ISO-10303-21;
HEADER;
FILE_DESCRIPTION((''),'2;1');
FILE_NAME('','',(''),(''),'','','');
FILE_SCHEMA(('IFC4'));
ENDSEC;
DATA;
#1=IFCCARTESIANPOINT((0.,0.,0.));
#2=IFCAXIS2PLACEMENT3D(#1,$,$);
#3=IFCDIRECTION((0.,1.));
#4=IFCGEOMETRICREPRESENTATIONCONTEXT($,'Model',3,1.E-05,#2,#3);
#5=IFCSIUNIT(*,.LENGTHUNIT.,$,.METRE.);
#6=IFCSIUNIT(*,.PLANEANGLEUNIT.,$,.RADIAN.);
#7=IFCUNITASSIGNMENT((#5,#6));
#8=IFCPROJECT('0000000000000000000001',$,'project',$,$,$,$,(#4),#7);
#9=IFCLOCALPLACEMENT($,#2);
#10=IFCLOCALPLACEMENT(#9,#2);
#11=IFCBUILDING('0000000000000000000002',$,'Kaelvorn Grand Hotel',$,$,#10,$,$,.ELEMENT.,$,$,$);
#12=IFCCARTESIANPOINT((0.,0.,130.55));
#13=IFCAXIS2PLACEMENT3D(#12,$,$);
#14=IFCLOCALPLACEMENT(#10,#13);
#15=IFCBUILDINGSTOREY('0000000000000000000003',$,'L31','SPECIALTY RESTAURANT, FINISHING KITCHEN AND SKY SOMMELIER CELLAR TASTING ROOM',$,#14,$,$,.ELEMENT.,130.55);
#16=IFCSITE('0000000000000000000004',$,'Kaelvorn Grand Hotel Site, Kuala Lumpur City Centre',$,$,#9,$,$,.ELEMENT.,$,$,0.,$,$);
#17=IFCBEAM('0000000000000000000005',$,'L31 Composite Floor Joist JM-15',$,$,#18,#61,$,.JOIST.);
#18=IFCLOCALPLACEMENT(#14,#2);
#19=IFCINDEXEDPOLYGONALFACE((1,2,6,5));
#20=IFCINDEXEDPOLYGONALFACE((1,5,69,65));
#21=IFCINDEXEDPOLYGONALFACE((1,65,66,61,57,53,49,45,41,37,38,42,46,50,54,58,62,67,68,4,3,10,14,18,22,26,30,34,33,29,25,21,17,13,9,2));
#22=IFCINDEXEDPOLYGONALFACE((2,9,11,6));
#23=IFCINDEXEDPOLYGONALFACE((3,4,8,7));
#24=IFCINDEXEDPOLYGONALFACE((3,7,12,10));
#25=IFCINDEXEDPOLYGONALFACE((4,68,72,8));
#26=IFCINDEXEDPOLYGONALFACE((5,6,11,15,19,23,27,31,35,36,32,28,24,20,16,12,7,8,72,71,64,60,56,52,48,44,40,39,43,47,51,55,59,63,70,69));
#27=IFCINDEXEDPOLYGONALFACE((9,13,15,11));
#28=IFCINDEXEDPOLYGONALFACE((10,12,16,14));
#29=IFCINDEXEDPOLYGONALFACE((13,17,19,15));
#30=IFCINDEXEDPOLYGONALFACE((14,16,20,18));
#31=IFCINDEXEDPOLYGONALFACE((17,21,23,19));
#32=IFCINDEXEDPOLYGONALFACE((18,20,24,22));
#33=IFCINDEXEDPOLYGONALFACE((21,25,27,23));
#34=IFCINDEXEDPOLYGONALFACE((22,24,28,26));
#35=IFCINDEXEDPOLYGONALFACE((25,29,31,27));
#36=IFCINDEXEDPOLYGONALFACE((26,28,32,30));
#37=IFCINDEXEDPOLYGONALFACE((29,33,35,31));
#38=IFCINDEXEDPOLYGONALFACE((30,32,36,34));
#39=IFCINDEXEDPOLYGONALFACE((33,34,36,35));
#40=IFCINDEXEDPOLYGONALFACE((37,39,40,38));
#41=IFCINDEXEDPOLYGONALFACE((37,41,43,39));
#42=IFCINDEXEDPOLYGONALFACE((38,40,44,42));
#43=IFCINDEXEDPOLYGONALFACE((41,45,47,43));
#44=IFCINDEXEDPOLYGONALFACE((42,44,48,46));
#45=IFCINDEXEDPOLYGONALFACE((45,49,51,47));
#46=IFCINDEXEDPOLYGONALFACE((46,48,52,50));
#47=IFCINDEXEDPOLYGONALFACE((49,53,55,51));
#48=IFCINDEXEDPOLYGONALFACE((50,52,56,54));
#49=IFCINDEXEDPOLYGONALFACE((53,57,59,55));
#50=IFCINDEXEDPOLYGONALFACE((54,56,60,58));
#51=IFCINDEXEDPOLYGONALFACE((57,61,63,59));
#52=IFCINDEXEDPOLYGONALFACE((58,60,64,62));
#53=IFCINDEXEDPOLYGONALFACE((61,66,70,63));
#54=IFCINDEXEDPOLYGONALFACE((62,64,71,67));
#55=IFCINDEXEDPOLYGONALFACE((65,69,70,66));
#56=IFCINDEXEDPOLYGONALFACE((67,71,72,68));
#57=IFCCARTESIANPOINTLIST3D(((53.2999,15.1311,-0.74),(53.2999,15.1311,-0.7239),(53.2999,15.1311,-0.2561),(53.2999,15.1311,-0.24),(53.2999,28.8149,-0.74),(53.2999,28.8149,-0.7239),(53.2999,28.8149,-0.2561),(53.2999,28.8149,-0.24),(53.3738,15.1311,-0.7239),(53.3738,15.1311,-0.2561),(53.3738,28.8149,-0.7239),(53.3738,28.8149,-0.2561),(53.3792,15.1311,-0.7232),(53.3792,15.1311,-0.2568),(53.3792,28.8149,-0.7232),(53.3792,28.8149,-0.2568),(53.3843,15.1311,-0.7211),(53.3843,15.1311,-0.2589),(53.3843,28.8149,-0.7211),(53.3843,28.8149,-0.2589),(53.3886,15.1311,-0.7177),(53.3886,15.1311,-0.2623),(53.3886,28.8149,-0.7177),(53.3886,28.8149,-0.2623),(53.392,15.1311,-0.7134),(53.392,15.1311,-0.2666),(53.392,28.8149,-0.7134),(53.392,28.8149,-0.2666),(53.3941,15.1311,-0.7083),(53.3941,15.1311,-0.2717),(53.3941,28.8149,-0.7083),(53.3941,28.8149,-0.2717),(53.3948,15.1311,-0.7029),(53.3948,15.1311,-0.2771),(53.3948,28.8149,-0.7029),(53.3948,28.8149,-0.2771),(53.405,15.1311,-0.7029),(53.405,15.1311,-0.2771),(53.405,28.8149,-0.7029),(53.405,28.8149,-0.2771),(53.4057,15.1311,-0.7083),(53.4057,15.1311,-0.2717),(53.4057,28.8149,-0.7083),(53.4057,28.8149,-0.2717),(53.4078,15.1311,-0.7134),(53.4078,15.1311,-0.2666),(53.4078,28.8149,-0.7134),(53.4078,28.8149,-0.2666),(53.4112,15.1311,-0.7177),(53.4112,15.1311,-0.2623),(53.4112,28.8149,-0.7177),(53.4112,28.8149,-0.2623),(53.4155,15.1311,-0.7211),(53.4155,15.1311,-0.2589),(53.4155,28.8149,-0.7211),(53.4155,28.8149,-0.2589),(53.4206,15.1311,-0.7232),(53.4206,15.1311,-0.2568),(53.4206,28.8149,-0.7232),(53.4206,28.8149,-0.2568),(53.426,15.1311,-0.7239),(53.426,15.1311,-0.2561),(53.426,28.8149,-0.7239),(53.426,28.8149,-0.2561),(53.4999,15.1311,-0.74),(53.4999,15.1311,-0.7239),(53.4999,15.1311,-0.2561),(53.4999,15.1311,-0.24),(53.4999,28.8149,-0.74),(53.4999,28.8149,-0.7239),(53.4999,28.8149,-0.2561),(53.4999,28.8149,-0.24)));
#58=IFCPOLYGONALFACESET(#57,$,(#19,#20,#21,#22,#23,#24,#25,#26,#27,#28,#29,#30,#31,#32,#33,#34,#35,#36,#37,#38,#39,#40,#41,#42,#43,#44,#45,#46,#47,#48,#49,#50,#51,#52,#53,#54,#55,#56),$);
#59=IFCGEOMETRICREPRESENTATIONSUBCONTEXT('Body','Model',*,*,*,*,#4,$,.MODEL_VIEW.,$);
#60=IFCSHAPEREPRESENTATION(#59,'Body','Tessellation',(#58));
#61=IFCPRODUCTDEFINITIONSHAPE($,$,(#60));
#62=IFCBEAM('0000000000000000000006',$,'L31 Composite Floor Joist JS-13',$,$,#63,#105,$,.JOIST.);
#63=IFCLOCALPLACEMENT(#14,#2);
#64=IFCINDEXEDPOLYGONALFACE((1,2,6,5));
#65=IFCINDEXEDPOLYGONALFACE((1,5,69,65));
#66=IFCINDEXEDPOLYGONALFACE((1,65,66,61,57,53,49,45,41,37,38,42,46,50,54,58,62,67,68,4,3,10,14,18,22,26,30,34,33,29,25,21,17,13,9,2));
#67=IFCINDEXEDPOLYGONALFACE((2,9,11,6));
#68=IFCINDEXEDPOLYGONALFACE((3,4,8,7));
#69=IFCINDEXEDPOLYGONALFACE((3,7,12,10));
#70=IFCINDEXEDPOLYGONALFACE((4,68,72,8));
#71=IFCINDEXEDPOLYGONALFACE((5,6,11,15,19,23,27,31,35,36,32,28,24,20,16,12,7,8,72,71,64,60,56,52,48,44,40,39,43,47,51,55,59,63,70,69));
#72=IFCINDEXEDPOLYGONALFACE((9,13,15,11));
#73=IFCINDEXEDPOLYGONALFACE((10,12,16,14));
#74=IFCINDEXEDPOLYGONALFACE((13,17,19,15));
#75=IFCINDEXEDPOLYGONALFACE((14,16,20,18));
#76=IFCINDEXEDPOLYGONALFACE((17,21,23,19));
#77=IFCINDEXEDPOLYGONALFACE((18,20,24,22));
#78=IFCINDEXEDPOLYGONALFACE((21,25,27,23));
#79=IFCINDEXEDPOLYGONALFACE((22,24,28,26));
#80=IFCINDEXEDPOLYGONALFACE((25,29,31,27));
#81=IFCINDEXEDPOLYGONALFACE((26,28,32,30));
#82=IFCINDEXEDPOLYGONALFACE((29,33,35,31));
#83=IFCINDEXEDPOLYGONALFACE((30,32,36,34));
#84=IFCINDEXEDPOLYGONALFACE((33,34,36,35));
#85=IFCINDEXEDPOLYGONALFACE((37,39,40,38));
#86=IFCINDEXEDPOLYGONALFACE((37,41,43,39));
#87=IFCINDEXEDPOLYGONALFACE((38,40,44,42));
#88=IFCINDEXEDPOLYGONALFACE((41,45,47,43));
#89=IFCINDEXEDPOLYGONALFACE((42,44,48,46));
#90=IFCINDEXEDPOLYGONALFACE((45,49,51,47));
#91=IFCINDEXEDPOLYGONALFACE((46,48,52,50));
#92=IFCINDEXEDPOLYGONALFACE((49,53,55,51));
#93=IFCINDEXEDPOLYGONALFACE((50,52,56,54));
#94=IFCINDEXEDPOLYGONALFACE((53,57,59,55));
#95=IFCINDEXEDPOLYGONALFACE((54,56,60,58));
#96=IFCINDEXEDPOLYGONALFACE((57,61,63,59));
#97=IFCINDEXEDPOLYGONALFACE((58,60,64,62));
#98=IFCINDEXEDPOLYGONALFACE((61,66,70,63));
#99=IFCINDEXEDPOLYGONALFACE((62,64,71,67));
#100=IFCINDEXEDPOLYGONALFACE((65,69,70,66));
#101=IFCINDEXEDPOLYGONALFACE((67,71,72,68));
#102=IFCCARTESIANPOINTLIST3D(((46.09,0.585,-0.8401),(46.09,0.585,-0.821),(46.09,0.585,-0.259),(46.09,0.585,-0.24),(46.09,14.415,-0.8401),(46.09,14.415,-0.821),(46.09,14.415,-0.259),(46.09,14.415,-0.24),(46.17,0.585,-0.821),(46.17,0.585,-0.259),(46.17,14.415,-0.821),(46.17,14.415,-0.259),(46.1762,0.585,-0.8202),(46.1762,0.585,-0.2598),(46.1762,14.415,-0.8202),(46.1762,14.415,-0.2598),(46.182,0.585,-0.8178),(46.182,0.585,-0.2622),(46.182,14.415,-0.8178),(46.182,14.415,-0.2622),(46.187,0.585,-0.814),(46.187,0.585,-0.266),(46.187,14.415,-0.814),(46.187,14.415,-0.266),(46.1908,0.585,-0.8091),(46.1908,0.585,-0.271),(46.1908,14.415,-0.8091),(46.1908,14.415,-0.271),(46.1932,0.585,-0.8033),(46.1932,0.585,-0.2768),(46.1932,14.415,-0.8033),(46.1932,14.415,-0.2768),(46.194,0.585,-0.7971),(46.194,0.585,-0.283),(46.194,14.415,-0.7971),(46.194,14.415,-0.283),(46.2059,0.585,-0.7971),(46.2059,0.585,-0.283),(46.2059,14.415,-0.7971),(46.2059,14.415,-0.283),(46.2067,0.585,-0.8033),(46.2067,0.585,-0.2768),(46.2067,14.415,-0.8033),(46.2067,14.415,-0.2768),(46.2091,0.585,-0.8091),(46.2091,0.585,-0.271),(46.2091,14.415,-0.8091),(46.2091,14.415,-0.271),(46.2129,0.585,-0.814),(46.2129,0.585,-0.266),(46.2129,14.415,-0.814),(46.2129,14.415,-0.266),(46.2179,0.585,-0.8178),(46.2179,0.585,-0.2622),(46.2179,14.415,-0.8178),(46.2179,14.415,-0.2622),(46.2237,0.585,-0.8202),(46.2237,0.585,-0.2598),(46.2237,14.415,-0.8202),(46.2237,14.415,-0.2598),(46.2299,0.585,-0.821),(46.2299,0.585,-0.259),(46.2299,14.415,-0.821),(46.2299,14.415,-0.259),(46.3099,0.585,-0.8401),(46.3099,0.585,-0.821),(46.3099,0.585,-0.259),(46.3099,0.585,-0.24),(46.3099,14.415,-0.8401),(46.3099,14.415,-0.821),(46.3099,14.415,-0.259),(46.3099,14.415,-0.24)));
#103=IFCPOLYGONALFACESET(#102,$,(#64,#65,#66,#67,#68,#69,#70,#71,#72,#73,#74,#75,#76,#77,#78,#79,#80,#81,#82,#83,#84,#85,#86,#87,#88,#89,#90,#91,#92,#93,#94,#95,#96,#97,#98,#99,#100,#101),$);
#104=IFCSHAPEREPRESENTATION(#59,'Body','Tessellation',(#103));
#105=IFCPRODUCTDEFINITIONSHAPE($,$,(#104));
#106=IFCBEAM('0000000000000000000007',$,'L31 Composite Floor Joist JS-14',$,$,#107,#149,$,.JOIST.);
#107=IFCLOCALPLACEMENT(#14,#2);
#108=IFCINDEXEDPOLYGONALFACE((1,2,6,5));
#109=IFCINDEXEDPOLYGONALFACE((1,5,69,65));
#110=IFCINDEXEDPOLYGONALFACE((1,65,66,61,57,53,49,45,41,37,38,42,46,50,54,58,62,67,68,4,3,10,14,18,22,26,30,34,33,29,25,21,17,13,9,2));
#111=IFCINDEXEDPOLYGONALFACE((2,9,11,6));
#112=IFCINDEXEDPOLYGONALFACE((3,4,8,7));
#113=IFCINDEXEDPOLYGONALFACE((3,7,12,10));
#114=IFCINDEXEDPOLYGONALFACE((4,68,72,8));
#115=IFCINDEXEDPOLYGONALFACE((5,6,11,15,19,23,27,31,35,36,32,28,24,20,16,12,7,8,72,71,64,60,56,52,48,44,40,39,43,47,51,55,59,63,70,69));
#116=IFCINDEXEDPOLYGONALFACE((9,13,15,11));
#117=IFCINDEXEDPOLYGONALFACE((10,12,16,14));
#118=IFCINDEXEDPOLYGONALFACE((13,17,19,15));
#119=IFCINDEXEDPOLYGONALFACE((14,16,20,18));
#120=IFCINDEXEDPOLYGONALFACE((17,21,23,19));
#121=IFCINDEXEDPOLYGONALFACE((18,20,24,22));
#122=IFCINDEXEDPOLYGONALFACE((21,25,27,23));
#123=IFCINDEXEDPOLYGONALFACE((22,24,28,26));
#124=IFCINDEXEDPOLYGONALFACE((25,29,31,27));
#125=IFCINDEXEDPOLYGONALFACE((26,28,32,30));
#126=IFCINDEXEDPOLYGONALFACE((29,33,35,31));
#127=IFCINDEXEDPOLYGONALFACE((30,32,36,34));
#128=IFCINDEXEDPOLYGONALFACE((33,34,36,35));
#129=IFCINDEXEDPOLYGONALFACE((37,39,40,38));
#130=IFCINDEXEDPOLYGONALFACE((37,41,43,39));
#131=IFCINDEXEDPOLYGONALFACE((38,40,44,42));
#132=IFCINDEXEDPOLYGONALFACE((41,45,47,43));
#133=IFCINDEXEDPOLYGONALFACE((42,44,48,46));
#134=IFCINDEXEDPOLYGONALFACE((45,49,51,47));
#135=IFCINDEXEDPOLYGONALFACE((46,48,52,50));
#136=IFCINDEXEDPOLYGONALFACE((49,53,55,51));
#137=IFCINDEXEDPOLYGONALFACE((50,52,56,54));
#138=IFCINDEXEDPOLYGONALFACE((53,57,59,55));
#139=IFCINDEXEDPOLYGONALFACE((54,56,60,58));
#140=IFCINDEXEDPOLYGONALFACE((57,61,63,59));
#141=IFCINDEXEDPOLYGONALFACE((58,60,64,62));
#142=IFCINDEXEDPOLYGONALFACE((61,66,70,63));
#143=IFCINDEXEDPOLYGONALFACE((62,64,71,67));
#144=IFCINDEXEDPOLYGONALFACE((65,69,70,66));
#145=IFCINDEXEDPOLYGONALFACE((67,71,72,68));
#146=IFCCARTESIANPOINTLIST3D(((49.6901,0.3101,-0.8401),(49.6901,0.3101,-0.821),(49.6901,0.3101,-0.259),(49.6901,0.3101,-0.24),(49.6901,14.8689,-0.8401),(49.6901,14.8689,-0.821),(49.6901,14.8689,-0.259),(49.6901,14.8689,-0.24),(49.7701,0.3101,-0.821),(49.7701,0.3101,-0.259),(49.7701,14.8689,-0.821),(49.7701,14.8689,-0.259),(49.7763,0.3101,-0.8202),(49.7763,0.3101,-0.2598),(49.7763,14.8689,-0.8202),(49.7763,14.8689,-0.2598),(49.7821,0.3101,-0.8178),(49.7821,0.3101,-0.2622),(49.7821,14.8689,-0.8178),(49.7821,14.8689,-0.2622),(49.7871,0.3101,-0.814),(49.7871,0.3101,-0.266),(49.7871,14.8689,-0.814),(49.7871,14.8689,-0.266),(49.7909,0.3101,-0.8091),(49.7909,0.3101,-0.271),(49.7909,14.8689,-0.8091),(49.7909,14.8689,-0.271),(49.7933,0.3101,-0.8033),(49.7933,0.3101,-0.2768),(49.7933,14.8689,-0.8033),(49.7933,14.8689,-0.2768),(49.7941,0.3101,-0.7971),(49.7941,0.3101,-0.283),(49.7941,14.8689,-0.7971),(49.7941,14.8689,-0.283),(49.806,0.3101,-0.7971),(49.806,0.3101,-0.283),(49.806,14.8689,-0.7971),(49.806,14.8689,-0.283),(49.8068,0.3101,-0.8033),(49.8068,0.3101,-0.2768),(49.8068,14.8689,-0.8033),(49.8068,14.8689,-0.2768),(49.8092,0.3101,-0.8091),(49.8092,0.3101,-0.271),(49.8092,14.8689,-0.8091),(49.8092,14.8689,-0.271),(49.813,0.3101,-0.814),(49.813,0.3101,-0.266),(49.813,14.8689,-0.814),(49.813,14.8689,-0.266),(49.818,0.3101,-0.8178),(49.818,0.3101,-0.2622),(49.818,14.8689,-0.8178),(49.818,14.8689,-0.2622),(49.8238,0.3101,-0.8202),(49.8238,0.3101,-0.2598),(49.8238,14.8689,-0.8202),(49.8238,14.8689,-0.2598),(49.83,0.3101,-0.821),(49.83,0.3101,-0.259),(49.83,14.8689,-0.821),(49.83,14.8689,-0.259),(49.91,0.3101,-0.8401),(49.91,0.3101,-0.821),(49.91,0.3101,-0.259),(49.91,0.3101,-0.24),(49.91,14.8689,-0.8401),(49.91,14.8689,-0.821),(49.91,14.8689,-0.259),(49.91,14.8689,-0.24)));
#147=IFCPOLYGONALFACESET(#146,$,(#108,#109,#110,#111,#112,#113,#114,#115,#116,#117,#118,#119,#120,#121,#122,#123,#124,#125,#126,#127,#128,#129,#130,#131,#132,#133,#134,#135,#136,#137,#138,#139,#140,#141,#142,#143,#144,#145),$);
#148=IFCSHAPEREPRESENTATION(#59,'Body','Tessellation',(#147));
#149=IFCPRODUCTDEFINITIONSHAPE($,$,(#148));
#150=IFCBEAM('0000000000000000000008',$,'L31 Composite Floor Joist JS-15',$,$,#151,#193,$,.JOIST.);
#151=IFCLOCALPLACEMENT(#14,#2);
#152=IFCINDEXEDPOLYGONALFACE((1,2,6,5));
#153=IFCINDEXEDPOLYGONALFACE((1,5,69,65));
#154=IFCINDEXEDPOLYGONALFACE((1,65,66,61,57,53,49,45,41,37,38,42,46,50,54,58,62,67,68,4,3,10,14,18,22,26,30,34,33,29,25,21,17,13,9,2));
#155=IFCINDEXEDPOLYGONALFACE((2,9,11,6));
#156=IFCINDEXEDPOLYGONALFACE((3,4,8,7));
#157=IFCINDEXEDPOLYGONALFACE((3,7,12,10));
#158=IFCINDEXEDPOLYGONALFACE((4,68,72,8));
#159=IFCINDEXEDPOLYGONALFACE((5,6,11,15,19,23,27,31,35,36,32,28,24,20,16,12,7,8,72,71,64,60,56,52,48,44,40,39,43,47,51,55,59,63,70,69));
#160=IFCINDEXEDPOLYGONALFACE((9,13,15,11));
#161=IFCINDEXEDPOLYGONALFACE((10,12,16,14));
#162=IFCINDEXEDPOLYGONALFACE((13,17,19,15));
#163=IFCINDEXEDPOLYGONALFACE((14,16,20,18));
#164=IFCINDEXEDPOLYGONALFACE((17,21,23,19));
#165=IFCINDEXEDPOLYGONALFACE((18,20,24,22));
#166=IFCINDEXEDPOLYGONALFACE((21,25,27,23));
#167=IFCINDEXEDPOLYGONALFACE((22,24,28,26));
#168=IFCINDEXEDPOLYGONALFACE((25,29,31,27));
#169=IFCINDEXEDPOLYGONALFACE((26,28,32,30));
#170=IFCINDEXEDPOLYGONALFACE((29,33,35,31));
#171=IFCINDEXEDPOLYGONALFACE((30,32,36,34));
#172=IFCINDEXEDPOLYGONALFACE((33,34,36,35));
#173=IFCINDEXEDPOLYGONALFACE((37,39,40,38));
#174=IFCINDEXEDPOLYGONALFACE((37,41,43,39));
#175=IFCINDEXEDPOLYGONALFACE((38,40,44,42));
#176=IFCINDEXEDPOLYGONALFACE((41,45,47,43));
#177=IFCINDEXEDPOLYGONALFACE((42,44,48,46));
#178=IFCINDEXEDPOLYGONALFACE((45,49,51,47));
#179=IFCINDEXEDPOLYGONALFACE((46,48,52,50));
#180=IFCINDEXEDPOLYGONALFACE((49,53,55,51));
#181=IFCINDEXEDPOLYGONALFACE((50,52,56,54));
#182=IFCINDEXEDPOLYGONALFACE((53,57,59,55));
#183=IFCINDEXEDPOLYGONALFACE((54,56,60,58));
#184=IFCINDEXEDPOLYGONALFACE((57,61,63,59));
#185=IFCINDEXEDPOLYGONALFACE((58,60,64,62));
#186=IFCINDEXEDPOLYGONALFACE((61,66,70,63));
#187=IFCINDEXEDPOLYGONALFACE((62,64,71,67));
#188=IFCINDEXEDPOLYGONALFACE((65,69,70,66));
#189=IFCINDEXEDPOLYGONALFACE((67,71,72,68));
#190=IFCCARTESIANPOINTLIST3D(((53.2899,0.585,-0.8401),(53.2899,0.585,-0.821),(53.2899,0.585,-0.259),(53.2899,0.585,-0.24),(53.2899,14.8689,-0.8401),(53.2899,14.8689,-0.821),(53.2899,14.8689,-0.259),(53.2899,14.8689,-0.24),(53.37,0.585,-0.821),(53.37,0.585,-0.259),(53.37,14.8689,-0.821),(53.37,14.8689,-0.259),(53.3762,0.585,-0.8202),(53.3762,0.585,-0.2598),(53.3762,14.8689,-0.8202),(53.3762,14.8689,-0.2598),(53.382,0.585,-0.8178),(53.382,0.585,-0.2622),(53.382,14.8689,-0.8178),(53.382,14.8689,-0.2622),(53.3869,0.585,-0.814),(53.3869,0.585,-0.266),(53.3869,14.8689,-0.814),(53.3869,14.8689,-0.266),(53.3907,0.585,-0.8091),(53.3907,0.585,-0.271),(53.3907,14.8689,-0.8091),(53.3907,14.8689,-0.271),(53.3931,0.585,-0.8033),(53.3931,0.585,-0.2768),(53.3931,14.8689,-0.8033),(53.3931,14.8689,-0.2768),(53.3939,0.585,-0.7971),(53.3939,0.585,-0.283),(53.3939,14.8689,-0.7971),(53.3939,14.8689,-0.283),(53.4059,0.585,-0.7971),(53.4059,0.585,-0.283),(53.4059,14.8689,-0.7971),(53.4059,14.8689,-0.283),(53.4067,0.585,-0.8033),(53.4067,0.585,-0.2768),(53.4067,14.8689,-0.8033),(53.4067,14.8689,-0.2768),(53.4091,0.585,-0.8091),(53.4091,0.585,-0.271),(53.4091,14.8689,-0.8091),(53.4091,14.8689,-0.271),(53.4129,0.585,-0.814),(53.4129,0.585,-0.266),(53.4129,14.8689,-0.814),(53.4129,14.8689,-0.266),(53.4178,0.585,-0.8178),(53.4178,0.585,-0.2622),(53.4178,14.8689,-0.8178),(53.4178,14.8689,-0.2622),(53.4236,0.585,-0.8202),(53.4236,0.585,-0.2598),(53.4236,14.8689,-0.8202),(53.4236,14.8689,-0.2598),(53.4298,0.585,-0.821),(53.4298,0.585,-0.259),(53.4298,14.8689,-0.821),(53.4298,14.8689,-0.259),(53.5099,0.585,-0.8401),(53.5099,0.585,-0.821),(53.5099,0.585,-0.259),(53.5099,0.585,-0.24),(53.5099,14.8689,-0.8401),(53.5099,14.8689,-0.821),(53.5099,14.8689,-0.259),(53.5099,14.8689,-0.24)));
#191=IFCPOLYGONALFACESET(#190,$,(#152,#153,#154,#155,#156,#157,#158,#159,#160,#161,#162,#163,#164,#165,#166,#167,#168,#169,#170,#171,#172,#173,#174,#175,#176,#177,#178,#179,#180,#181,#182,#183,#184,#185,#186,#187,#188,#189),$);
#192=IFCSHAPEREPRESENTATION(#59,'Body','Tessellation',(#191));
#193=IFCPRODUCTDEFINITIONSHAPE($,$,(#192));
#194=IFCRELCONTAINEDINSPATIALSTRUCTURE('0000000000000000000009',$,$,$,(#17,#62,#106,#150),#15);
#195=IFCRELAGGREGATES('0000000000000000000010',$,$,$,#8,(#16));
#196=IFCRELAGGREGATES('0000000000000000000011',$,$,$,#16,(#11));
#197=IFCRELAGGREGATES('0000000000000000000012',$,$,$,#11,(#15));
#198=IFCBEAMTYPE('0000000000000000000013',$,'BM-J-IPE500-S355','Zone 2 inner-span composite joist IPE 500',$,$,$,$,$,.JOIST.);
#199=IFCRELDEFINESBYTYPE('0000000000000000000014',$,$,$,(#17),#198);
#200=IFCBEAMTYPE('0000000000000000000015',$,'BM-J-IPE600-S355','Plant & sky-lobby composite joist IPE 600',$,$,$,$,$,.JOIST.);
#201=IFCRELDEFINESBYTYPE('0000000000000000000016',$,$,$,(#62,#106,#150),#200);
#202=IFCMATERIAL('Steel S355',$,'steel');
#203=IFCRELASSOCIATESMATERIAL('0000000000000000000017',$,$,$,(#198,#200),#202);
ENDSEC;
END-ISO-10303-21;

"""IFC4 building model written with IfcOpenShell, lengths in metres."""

from ifc_helpers import new_model, si_unit, direction, frame, origin, origin_2d, place, context, subcontext, project, spatial, i_section, extrude, material, material_profile, profile_set, type_object, element, save


model = new_model("IFC4")

# Units and contexts
model_context = context("Model", 3, precision=1e-05, world=origin(), true_north=direction((0.0, 1.0)))
body_context = subcontext(model_context, "Body", "Model", "MODEL_VIEW")
ifc_project = project(units=[si_unit("LENGTHUNIT", "METRE"), si_unit("PLANEANGLEUNIT", "RADIAN")], contexts=[model_context])

# Site, building, storey
site_placement = place(None, origin())
site = spatial("IfcSite", under=ifc_project, at=site_placement, Name="Kaelvorn Grand Hotel Site, Kuala Lumpur City Centre", CompositionType="ELEMENT", RefElevation=0.0)
building_placement = place(site_placement, origin())
building = spatial("IfcBuilding", under=site, at=building_placement, Name="Kaelvorn Grand Hotel", CompositionType="ELEMENT")
storey_placement = place(building_placement, frame((0.0, 0.0, 130.55)))
storey = spatial("IfcBuildingStorey", under=building, at=storey_placement, Name="L31", Description="SPECIALTY RESTAURANT, FINISHING KITCHEN AND SKY SOMMELIER CELLAR TASTING ROOM", CompositionType="ELEMENT", Elevation=130.55)

# Beams
ifc_material_1 = material(Name="Steel S355", Category="steel")
ifc_material_profile_1 = material_profile(ifc_material_1, i_section(OverallWidth=0.2, OverallDepth=0.5, WebThickness=0.0103, FlangeThickness=0.0161, FilletRadius=0.021, at=origin_2d()), Name="IPE 500")
ifc_profile_set_1 = profile_set([ifc_material_profile_1], Name="Steel S355")
beam_type_1 = type_object("IfcBeamType", Name="BM-J-IPE500-S355", Description="Zone 2 inner-span composite joist IPE 500", PredefinedType="JOIST", material=ifc_profile_set_1)
beam_1_placement = place(storey_placement, frame((53.3999, 15.1311, -0.49), z_axis=(0.0, 1.0, 0.0), x_axis=(-1.0, 0.0, 0.0)))
element("IfcBeam", 1, at=beam_1_placement, inside=storey, type_object=beam_type_1, Name="L31 Composite Floor Joist JM-15", PredefinedType="JOIST", context=body_context, shape_type="SweptSolid", body=[
    extrude(i_section(OverallWidth=0.2, OverallDepth=0.5, WebThickness=0.0103, FlangeThickness=0.0161, FilletRadius=0.021, at=origin_2d()), origin(), (0.0, 0.0, 1.0), 13.6838),
])
ifc_material_profile_2 = material_profile(ifc_material_1, i_section(OverallWidth=0.22, OverallDepth=0.6001, WebThickness=0.012, FlangeThickness=0.019, FilletRadius=0.0239, at=origin_2d()), Name="IPE 600")
ifc_profile_set_2 = profile_set([ifc_material_profile_2], Name="Steel S355")
beam_type_2 = type_object("IfcBeamType", Name="BM-J-IPE600-S355", Description="Plant & sky-lobby composite joist IPE 600", PredefinedType="JOIST", material=ifc_profile_set_2)
beam_2_placement = place(storey_placement, frame((46.2, 0.585, -0.54), z_axis=(0.0, 1.0, 0.0), x_axis=(-1.0, 0.0, 0.0)))
element("IfcBeam", 2, at=beam_2_placement, inside=storey, type_object=beam_type_2, Name="L31 Composite Floor Joist JS-13", PredefinedType="JOIST", context=body_context, shape_type="SweptSolid", body=[
    extrude(i_section(OverallWidth=0.22, OverallDepth=0.6001, WebThickness=0.012, FlangeThickness=0.019, FilletRadius=0.0239, at=origin_2d()), origin(), (0.0, 0.0, 1.0), 13.8301),
])
beam_3_placement = place(storey_placement, frame((49.8, 0.3101, -0.54), z_axis=(0.0, 1.0, 0.0), x_axis=(-1.0, 0.0, 0.0)))
element("IfcBeam", 3, at=beam_3_placement, inside=storey, type_object=beam_type_2, Name="L31 Composite Floor Joist JS-14", PredefinedType="JOIST", context=body_context, shape_type="SweptSolid", body=[
    extrude(i_section(OverallWidth=0.22, OverallDepth=0.6001, WebThickness=0.012, FlangeThickness=0.019, FilletRadius=0.0239, at=origin_2d()), origin(), (0.0, 0.0, 1.0), 14.5588),
])
beam_4_placement = place(storey_placement, frame((53.3999, 0.585, -0.54), z_axis=(0.0, 1.0, 0.0), x_axis=(-1.0, 0.0, 0.0)))
element("IfcBeam", 4, at=beam_4_placement, inside=storey, type_object=beam_type_2, Name="L31 Composite Floor Joist JS-15", PredefinedType="JOIST", context=body_context, shape_type="SweptSolid", body=[
    extrude(i_section(OverallWidth=0.22, OverallDepth=0.6001, WebThickness=0.012, FlangeThickness=0.019, FilletRadius=0.0239, at=origin_2d()), origin(), (0.0, 0.0, 1.0), 14.2839),
])

save(model, "model.ifc")
